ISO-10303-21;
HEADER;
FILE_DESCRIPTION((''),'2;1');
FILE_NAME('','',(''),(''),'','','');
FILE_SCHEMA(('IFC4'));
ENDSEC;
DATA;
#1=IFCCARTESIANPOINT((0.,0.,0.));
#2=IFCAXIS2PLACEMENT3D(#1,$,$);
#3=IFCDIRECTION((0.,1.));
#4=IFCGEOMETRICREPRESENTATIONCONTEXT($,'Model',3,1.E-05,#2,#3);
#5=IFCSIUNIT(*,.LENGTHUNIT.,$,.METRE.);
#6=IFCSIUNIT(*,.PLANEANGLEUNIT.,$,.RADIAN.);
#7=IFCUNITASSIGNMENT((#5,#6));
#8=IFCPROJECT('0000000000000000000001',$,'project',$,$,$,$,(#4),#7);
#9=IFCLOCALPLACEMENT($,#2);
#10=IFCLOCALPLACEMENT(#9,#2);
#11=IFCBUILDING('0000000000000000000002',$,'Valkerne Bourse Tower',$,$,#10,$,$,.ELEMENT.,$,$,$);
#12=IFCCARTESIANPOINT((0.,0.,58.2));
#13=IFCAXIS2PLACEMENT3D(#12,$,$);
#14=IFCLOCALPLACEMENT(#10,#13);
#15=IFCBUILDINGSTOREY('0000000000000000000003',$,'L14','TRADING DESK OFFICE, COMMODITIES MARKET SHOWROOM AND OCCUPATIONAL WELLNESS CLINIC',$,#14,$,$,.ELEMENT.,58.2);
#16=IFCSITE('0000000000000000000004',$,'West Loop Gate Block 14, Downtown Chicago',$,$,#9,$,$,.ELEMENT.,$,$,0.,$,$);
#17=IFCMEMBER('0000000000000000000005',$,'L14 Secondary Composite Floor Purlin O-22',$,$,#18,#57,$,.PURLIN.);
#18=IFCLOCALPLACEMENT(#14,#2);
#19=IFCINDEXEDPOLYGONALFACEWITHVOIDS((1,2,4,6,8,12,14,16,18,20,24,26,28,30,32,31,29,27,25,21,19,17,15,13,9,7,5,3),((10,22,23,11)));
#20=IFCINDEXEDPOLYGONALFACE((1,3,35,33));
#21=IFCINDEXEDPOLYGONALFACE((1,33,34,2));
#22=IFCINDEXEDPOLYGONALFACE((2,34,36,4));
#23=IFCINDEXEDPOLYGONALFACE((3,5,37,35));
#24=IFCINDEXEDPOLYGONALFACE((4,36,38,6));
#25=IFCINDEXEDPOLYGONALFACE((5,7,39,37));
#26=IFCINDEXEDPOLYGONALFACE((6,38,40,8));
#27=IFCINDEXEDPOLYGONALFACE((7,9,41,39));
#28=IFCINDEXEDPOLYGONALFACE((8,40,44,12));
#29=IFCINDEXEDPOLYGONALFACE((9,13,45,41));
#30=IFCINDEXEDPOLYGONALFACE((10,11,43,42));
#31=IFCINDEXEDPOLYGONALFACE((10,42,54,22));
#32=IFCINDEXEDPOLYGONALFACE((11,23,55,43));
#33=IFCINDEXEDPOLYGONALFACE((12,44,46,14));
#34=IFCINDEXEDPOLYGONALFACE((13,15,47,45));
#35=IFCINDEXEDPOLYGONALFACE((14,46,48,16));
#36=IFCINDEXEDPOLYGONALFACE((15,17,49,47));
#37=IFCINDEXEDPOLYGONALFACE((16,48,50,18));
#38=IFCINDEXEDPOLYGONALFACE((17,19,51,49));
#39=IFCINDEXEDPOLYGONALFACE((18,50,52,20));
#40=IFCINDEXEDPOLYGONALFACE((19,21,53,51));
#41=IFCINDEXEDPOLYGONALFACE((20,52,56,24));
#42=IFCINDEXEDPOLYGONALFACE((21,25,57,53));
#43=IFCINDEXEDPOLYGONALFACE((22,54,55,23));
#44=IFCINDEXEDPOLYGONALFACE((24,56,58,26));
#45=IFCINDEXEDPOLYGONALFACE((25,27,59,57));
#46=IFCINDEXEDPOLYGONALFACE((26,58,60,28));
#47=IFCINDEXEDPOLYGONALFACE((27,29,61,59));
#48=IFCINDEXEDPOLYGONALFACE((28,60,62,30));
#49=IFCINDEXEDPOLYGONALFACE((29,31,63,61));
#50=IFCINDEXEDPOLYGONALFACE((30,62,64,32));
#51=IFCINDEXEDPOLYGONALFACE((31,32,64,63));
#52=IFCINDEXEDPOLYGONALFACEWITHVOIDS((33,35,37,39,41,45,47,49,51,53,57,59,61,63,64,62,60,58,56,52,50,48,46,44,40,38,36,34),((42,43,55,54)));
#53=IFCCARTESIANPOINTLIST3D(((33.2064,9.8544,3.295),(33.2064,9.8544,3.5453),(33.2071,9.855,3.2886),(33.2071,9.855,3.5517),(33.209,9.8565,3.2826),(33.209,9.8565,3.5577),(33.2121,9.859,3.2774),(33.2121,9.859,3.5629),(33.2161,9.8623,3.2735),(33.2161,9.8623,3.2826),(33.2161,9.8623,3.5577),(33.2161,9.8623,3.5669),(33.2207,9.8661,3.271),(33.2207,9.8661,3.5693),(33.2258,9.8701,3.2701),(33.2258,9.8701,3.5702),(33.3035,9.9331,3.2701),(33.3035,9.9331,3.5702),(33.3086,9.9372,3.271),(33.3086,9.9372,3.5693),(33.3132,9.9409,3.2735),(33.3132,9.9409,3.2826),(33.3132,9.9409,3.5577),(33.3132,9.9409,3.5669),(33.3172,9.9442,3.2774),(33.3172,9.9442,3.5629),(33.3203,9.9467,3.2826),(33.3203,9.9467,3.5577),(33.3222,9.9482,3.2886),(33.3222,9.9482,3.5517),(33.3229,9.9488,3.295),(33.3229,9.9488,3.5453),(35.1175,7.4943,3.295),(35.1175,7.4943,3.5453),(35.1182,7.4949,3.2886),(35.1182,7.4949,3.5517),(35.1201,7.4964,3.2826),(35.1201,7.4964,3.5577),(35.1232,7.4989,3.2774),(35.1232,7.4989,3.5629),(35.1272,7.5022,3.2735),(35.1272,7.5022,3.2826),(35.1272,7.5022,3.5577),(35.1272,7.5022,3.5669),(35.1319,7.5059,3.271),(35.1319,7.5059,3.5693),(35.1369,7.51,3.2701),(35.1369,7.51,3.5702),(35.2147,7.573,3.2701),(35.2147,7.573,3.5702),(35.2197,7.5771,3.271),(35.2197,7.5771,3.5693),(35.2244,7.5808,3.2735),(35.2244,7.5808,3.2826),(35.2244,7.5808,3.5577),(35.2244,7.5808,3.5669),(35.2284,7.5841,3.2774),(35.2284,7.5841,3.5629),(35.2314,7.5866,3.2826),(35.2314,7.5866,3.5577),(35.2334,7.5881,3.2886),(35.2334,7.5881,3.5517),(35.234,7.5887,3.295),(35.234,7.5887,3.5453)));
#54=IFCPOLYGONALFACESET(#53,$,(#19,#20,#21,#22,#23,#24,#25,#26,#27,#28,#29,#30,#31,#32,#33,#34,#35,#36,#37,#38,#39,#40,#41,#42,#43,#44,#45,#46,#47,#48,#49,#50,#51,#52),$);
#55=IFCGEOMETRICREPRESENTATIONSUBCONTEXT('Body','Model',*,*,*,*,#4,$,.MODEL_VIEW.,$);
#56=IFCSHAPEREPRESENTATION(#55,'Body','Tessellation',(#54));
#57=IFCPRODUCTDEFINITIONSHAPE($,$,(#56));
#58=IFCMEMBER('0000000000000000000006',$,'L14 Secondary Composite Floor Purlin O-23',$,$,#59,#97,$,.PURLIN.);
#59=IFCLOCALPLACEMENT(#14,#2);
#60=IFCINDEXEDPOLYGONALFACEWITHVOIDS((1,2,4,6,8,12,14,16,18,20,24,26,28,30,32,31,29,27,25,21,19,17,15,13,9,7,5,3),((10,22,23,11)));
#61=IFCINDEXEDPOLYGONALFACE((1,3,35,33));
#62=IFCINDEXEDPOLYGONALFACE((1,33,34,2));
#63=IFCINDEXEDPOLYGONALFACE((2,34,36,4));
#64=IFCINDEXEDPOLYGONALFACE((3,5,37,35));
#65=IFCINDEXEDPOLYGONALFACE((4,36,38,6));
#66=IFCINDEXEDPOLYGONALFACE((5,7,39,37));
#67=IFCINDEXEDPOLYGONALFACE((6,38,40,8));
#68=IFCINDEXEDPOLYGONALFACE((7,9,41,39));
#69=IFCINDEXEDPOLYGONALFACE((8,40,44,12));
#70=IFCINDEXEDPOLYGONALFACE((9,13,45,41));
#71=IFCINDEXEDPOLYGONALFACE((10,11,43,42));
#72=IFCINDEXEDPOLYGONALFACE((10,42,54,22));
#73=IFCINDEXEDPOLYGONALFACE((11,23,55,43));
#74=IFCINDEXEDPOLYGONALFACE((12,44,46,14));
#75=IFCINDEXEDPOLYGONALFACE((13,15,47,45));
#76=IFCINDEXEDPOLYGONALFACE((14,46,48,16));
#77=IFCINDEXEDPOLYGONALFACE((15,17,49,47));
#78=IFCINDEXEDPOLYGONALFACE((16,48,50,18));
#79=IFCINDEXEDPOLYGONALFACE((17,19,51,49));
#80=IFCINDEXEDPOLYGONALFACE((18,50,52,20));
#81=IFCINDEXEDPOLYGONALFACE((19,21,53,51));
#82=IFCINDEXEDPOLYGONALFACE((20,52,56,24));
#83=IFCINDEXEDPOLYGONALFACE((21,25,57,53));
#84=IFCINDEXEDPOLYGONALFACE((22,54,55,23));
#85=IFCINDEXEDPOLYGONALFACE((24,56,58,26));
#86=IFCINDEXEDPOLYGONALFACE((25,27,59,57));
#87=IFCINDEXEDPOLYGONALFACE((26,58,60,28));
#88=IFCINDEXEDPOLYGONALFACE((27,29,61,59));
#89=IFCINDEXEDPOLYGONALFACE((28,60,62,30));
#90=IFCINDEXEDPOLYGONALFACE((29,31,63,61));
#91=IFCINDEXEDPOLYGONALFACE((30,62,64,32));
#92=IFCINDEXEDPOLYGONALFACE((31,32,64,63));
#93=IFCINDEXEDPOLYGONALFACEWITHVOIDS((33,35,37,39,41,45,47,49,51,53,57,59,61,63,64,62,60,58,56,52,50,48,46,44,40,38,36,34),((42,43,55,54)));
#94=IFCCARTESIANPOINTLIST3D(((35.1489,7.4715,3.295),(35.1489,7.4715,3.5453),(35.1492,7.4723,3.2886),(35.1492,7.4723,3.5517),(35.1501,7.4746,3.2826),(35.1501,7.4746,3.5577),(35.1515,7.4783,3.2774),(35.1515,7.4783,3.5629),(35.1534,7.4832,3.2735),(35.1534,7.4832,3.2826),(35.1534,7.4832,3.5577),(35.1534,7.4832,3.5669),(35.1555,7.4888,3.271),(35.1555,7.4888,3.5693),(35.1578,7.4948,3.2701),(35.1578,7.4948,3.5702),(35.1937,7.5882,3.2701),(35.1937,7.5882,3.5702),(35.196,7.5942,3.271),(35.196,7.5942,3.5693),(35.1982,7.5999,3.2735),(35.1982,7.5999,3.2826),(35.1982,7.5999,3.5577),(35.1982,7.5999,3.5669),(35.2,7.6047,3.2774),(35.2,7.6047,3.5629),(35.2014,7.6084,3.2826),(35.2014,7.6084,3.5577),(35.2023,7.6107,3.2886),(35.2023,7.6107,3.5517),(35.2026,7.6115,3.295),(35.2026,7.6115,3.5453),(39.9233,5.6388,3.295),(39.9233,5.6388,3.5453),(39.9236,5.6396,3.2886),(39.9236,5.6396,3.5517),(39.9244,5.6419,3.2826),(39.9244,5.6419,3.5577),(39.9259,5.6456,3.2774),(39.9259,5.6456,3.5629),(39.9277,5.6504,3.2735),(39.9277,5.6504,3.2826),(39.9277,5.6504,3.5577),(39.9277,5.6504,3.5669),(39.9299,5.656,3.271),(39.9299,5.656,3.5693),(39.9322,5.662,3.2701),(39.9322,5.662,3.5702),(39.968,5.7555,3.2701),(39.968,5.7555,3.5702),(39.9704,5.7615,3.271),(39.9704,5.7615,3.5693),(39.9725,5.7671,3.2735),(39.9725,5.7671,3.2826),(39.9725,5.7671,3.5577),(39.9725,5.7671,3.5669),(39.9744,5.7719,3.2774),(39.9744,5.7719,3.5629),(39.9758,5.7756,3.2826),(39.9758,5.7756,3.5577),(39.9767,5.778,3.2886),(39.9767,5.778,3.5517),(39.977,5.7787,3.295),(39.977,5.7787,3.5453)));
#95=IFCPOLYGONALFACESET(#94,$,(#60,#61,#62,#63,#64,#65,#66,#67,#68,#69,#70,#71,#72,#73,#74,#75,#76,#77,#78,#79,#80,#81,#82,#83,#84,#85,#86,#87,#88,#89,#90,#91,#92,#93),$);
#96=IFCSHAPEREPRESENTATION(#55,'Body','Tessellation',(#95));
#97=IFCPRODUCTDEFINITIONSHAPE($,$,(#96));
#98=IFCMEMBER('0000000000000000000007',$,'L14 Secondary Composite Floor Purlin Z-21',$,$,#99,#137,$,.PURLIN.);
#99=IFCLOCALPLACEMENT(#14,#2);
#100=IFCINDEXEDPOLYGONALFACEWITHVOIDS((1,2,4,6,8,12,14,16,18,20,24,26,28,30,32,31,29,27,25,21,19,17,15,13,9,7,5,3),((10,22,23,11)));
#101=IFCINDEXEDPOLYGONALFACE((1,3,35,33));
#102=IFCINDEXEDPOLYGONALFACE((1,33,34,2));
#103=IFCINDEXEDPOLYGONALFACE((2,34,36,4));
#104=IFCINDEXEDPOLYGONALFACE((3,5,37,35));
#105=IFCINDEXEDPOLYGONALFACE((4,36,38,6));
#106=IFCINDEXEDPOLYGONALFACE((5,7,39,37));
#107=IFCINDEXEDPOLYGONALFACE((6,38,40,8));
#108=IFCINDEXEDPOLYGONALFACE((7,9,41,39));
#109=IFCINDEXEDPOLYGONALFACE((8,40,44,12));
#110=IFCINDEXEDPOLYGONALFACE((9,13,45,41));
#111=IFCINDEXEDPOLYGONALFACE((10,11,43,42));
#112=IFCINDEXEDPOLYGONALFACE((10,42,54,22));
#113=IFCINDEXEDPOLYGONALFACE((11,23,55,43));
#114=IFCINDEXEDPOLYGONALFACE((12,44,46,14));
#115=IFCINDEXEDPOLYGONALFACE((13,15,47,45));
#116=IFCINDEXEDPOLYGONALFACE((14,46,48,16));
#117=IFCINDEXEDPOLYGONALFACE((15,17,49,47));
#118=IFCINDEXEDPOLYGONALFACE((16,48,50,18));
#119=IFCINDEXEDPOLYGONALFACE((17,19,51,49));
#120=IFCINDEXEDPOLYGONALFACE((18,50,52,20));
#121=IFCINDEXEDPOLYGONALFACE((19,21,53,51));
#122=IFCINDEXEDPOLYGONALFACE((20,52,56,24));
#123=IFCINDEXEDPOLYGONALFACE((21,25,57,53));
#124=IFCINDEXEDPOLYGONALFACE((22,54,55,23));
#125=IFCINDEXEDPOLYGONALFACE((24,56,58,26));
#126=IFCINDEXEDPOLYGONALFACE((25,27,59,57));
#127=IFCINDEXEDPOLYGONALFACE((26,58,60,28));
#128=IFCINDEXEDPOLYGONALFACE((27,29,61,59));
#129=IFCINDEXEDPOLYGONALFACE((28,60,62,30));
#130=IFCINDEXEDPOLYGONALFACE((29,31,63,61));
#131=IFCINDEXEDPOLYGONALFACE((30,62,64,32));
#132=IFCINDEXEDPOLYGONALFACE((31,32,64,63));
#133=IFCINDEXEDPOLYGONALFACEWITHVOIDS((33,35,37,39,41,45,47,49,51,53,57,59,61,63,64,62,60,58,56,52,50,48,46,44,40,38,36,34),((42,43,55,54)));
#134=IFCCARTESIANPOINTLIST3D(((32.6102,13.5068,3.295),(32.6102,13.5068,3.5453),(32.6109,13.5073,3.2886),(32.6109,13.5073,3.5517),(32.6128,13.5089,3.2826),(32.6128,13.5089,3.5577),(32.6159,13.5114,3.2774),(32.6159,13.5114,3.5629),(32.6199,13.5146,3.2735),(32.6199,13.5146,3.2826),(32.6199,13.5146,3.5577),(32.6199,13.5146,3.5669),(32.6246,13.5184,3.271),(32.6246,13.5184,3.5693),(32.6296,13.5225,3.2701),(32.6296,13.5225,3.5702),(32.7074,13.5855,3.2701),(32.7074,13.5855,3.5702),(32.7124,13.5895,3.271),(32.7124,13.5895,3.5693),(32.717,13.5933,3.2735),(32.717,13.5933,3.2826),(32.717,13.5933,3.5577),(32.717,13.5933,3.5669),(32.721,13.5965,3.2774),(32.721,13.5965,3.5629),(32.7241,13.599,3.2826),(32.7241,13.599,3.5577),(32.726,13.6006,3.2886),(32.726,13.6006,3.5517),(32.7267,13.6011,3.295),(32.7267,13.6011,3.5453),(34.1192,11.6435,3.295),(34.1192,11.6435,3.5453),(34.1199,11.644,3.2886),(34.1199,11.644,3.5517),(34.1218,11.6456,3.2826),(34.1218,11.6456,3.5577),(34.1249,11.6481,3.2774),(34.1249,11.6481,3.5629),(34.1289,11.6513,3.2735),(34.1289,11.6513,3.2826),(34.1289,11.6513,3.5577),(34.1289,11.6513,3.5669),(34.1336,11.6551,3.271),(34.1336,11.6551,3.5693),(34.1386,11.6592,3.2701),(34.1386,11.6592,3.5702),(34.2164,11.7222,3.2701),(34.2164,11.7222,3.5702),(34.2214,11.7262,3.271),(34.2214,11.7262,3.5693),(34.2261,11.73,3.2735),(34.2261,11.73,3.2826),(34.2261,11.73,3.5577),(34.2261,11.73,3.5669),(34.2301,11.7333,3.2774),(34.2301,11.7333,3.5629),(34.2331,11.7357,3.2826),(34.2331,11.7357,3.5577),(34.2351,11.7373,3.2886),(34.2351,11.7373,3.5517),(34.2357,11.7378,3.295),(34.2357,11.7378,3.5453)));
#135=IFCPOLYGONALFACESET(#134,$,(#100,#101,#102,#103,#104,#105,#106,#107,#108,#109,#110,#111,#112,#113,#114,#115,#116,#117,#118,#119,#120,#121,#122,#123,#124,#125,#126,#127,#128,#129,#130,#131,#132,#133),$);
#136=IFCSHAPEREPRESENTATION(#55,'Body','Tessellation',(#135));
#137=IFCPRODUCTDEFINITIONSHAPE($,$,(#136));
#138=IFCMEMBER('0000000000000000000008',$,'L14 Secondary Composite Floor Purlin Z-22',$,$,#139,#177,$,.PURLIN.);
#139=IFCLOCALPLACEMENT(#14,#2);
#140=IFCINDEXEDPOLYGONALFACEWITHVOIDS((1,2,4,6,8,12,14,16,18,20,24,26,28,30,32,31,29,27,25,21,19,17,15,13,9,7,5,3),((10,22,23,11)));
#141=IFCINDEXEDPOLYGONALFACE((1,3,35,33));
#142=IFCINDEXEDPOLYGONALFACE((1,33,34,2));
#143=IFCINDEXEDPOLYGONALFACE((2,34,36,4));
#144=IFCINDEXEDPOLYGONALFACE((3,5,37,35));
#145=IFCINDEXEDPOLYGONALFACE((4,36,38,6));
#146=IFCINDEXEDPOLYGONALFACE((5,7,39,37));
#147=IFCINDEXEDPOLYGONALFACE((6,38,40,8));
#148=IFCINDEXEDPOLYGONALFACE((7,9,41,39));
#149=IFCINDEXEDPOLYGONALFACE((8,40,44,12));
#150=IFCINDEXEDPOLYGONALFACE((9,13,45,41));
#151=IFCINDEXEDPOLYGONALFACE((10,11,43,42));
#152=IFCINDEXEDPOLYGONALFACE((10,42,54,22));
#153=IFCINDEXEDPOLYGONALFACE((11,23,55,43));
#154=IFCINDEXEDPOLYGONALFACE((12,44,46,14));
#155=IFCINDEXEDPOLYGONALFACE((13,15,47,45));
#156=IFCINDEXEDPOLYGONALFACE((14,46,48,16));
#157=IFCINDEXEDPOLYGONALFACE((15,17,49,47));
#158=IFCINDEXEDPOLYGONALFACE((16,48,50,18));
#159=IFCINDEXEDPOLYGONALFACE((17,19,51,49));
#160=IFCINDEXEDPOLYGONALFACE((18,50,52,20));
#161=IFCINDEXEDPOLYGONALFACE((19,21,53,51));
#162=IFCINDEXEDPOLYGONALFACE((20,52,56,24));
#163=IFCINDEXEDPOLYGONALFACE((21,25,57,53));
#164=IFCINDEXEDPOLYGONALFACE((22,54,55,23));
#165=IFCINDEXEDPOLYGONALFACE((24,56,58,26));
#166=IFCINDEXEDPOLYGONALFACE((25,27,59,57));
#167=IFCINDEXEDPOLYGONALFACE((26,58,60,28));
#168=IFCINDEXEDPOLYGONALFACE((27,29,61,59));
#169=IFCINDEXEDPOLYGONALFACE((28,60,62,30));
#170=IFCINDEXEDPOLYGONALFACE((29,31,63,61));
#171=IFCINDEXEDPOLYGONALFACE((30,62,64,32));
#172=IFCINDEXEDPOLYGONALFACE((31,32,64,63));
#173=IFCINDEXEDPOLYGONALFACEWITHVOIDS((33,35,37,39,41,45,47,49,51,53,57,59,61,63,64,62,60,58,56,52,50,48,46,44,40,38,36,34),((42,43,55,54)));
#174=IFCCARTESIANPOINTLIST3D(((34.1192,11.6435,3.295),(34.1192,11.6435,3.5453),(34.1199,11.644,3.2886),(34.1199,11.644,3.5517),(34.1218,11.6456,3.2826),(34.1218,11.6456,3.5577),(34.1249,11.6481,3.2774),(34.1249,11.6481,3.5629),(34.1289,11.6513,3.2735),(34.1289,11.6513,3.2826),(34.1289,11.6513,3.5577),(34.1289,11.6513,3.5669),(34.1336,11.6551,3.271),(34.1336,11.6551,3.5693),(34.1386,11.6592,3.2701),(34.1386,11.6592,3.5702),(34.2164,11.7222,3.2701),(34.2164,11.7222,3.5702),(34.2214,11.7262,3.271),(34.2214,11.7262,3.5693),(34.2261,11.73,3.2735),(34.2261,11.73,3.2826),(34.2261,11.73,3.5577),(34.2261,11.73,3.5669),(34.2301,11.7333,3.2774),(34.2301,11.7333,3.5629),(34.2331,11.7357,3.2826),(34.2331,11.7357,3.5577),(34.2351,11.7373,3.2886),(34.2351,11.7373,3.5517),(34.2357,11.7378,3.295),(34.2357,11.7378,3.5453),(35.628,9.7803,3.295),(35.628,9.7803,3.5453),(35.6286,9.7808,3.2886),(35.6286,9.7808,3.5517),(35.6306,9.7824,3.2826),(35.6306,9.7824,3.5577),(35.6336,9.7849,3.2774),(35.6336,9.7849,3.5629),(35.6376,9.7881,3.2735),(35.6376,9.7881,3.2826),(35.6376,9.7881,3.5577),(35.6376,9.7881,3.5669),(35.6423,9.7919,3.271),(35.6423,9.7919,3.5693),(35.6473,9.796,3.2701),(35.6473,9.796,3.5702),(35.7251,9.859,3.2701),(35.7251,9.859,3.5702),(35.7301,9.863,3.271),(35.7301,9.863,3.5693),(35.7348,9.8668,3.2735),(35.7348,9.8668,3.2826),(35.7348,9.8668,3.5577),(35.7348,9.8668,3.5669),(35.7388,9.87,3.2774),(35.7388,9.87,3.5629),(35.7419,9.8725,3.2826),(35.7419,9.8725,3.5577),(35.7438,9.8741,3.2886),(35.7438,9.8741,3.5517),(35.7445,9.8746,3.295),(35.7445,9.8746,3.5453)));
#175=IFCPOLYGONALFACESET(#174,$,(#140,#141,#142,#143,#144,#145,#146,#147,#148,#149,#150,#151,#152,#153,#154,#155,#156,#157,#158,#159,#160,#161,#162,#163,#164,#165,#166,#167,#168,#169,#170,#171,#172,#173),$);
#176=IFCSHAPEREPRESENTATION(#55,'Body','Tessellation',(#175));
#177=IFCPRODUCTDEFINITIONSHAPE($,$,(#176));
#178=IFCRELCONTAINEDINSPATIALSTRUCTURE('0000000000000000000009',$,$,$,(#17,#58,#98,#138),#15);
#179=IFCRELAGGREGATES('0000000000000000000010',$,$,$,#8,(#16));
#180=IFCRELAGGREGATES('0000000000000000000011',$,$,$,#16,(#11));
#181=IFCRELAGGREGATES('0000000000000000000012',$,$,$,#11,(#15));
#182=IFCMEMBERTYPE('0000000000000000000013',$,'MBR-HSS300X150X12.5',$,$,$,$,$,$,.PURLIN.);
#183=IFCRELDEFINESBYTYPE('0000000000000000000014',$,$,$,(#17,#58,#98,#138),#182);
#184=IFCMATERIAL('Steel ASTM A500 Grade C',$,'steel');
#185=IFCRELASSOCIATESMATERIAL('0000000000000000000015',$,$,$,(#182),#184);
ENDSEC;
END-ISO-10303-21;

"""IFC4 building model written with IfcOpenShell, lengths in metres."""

from ifc_helpers import new_model, si_unit, direction, frame, origin, origin_2d, place, context, subcontext, project, spatial, hollow_rectangle, extrude, material, material_profile, profile_set, type_object, element, save


model = new_model("IFC4")

# Units and contexts
model_context = context("Model", 3, precision=1e-05, world=origin(), true_north=direction((0.0, 1.0)))
body_context = subcontext(model_context, "Body", "Model", "MODEL_VIEW")
ifc_project = project(units=[si_unit("LENGTHUNIT", "METRE"), si_unit("PLANEANGLEUNIT", "RADIAN")], contexts=[model_context])

# Site, building, storey
site_placement = place(None, origin())
site = spatial("IfcSite", under=ifc_project, at=site_placement, Name="West Loop Gate Block 14, Downtown Chicago", CompositionType="ELEMENT", RefElevation=0.0)
building_placement = place(site_placement, origin())
building = spatial("IfcBuilding", under=site, at=building_placement, Name="Valkerne Bourse Tower", CompositionType="ELEMENT")
storey_placement = place(building_placement, frame((0.0, 0.0, 58.2)))
storey = spatial("IfcBuildingStorey", under=building, at=storey_placement, Name="L14", Description="TRADING DESK OFFICE, COMMODITIES MARKET SHOWROOM AND OCCUPATIONAL WELLNESS CLINIC", CompositionType="ELEMENT", Elevation=58.2)

# Members
ifc_material_1 = material(Name="Steel ASTM A500 Grade C", Category="steel")
ifc_material_profile_1 = material_profile(ifc_material_1, hollow_rectangle(XDim=0.1499, YDim=0.3, WallThickness=0.0125, OuterFilletRadius=0.0249, at=origin_2d()), Name="HSS300X150X12.5")
ifc_profile_set_1 = profile_set([ifc_material_profile_1], Name="Steel ASTM A500 Grade C")
member_type_1 = type_object("IfcMemberType", Name="MBR-HSS300X150X12.5", PredefinedType="PURLIN", material=ifc_profile_set_1)
member_1_placement = place(storey_placement, frame((33.2646, 9.9016, 3.4202), z_axis=(0.629312, -0.777153, 0.0), x_axis=(0.777153, 0.629312, 0.0)))
element("IfcMember", 1, at=member_1_placement, inside=storey, type_object=member_type_1, Name="L14 Secondary Composite Floor Purlin O-22", PredefinedType="PURLIN", context=body_context, shape_type="SweptSolid", body=[
    extrude(hollow_rectangle(XDim=0.1499, YDim=0.3, WallThickness=0.0125, OuterFilletRadius=0.0249, at=origin_2d()), origin(), (0.0, 0.0, 1.0), 3.0369),
])
member_2_placement = place(storey_placement, frame((35.1758, 7.5415, 3.4202), z_axis=(0.933578, -0.358374, 0.0), x_axis=(0.358374, 0.933578, 0.0)))
element("IfcMember", 2, at=member_2_placement, inside=storey, type_object=member_type_1, Name="L14 Secondary Composite Floor Purlin O-23", PredefinedType="PURLIN", context=body_context, shape_type="SweptSolid", body=[
    extrude(hollow_rectangle(XDim=0.1499, YDim=0.3, WallThickness=0.0125, OuterFilletRadius=0.0249, at=origin_2d()), origin(), (0.0, 0.0, 1.0), 5.114),
])
member_3_placement = place(storey_placement, frame((32.6685, 13.554, 3.4202), z_axis=(0.629365, -0.77711, 0.0), x_axis=(0.77711, 0.629365, 0.0)))
element("IfcMember", 3, at=member_3_placement, inside=storey, type_object=member_type_1, Name="L14 Secondary Composite Floor Purlin Z-21", PredefinedType="PURLIN", context=body_context, shape_type="SweptSolid", body=[
    extrude(hollow_rectangle(XDim=0.1499, YDim=0.3, WallThickness=0.0125, OuterFilletRadius=0.0249, at=origin_2d()), origin(), (0.0, 0.0, 1.0), 2.3977),
])
member_4_placement = place(storey_placement, frame((34.1775, 11.6907, 3.4202), z_axis=(0.629304, -0.777159, 0.0), x_axis=(0.777159, 0.629304, 0.0)))
element("IfcMember", 4, at=member_4_placement, inside=storey, type_object=member_type_1, Name="L14 Secondary Composite Floor Purlin Z-22", PredefinedType="PURLIN", context=body_context, shape_type="SweptSolid", body=[
    extrude(hollow_rectangle(XDim=0.1499, YDim=0.3, WallThickness=0.0125, OuterFilletRadius=0.0249, at=origin_2d()), origin(), (0.0, 0.0, 1.0), 2.3975),
])

save(model, "model.ifc")
